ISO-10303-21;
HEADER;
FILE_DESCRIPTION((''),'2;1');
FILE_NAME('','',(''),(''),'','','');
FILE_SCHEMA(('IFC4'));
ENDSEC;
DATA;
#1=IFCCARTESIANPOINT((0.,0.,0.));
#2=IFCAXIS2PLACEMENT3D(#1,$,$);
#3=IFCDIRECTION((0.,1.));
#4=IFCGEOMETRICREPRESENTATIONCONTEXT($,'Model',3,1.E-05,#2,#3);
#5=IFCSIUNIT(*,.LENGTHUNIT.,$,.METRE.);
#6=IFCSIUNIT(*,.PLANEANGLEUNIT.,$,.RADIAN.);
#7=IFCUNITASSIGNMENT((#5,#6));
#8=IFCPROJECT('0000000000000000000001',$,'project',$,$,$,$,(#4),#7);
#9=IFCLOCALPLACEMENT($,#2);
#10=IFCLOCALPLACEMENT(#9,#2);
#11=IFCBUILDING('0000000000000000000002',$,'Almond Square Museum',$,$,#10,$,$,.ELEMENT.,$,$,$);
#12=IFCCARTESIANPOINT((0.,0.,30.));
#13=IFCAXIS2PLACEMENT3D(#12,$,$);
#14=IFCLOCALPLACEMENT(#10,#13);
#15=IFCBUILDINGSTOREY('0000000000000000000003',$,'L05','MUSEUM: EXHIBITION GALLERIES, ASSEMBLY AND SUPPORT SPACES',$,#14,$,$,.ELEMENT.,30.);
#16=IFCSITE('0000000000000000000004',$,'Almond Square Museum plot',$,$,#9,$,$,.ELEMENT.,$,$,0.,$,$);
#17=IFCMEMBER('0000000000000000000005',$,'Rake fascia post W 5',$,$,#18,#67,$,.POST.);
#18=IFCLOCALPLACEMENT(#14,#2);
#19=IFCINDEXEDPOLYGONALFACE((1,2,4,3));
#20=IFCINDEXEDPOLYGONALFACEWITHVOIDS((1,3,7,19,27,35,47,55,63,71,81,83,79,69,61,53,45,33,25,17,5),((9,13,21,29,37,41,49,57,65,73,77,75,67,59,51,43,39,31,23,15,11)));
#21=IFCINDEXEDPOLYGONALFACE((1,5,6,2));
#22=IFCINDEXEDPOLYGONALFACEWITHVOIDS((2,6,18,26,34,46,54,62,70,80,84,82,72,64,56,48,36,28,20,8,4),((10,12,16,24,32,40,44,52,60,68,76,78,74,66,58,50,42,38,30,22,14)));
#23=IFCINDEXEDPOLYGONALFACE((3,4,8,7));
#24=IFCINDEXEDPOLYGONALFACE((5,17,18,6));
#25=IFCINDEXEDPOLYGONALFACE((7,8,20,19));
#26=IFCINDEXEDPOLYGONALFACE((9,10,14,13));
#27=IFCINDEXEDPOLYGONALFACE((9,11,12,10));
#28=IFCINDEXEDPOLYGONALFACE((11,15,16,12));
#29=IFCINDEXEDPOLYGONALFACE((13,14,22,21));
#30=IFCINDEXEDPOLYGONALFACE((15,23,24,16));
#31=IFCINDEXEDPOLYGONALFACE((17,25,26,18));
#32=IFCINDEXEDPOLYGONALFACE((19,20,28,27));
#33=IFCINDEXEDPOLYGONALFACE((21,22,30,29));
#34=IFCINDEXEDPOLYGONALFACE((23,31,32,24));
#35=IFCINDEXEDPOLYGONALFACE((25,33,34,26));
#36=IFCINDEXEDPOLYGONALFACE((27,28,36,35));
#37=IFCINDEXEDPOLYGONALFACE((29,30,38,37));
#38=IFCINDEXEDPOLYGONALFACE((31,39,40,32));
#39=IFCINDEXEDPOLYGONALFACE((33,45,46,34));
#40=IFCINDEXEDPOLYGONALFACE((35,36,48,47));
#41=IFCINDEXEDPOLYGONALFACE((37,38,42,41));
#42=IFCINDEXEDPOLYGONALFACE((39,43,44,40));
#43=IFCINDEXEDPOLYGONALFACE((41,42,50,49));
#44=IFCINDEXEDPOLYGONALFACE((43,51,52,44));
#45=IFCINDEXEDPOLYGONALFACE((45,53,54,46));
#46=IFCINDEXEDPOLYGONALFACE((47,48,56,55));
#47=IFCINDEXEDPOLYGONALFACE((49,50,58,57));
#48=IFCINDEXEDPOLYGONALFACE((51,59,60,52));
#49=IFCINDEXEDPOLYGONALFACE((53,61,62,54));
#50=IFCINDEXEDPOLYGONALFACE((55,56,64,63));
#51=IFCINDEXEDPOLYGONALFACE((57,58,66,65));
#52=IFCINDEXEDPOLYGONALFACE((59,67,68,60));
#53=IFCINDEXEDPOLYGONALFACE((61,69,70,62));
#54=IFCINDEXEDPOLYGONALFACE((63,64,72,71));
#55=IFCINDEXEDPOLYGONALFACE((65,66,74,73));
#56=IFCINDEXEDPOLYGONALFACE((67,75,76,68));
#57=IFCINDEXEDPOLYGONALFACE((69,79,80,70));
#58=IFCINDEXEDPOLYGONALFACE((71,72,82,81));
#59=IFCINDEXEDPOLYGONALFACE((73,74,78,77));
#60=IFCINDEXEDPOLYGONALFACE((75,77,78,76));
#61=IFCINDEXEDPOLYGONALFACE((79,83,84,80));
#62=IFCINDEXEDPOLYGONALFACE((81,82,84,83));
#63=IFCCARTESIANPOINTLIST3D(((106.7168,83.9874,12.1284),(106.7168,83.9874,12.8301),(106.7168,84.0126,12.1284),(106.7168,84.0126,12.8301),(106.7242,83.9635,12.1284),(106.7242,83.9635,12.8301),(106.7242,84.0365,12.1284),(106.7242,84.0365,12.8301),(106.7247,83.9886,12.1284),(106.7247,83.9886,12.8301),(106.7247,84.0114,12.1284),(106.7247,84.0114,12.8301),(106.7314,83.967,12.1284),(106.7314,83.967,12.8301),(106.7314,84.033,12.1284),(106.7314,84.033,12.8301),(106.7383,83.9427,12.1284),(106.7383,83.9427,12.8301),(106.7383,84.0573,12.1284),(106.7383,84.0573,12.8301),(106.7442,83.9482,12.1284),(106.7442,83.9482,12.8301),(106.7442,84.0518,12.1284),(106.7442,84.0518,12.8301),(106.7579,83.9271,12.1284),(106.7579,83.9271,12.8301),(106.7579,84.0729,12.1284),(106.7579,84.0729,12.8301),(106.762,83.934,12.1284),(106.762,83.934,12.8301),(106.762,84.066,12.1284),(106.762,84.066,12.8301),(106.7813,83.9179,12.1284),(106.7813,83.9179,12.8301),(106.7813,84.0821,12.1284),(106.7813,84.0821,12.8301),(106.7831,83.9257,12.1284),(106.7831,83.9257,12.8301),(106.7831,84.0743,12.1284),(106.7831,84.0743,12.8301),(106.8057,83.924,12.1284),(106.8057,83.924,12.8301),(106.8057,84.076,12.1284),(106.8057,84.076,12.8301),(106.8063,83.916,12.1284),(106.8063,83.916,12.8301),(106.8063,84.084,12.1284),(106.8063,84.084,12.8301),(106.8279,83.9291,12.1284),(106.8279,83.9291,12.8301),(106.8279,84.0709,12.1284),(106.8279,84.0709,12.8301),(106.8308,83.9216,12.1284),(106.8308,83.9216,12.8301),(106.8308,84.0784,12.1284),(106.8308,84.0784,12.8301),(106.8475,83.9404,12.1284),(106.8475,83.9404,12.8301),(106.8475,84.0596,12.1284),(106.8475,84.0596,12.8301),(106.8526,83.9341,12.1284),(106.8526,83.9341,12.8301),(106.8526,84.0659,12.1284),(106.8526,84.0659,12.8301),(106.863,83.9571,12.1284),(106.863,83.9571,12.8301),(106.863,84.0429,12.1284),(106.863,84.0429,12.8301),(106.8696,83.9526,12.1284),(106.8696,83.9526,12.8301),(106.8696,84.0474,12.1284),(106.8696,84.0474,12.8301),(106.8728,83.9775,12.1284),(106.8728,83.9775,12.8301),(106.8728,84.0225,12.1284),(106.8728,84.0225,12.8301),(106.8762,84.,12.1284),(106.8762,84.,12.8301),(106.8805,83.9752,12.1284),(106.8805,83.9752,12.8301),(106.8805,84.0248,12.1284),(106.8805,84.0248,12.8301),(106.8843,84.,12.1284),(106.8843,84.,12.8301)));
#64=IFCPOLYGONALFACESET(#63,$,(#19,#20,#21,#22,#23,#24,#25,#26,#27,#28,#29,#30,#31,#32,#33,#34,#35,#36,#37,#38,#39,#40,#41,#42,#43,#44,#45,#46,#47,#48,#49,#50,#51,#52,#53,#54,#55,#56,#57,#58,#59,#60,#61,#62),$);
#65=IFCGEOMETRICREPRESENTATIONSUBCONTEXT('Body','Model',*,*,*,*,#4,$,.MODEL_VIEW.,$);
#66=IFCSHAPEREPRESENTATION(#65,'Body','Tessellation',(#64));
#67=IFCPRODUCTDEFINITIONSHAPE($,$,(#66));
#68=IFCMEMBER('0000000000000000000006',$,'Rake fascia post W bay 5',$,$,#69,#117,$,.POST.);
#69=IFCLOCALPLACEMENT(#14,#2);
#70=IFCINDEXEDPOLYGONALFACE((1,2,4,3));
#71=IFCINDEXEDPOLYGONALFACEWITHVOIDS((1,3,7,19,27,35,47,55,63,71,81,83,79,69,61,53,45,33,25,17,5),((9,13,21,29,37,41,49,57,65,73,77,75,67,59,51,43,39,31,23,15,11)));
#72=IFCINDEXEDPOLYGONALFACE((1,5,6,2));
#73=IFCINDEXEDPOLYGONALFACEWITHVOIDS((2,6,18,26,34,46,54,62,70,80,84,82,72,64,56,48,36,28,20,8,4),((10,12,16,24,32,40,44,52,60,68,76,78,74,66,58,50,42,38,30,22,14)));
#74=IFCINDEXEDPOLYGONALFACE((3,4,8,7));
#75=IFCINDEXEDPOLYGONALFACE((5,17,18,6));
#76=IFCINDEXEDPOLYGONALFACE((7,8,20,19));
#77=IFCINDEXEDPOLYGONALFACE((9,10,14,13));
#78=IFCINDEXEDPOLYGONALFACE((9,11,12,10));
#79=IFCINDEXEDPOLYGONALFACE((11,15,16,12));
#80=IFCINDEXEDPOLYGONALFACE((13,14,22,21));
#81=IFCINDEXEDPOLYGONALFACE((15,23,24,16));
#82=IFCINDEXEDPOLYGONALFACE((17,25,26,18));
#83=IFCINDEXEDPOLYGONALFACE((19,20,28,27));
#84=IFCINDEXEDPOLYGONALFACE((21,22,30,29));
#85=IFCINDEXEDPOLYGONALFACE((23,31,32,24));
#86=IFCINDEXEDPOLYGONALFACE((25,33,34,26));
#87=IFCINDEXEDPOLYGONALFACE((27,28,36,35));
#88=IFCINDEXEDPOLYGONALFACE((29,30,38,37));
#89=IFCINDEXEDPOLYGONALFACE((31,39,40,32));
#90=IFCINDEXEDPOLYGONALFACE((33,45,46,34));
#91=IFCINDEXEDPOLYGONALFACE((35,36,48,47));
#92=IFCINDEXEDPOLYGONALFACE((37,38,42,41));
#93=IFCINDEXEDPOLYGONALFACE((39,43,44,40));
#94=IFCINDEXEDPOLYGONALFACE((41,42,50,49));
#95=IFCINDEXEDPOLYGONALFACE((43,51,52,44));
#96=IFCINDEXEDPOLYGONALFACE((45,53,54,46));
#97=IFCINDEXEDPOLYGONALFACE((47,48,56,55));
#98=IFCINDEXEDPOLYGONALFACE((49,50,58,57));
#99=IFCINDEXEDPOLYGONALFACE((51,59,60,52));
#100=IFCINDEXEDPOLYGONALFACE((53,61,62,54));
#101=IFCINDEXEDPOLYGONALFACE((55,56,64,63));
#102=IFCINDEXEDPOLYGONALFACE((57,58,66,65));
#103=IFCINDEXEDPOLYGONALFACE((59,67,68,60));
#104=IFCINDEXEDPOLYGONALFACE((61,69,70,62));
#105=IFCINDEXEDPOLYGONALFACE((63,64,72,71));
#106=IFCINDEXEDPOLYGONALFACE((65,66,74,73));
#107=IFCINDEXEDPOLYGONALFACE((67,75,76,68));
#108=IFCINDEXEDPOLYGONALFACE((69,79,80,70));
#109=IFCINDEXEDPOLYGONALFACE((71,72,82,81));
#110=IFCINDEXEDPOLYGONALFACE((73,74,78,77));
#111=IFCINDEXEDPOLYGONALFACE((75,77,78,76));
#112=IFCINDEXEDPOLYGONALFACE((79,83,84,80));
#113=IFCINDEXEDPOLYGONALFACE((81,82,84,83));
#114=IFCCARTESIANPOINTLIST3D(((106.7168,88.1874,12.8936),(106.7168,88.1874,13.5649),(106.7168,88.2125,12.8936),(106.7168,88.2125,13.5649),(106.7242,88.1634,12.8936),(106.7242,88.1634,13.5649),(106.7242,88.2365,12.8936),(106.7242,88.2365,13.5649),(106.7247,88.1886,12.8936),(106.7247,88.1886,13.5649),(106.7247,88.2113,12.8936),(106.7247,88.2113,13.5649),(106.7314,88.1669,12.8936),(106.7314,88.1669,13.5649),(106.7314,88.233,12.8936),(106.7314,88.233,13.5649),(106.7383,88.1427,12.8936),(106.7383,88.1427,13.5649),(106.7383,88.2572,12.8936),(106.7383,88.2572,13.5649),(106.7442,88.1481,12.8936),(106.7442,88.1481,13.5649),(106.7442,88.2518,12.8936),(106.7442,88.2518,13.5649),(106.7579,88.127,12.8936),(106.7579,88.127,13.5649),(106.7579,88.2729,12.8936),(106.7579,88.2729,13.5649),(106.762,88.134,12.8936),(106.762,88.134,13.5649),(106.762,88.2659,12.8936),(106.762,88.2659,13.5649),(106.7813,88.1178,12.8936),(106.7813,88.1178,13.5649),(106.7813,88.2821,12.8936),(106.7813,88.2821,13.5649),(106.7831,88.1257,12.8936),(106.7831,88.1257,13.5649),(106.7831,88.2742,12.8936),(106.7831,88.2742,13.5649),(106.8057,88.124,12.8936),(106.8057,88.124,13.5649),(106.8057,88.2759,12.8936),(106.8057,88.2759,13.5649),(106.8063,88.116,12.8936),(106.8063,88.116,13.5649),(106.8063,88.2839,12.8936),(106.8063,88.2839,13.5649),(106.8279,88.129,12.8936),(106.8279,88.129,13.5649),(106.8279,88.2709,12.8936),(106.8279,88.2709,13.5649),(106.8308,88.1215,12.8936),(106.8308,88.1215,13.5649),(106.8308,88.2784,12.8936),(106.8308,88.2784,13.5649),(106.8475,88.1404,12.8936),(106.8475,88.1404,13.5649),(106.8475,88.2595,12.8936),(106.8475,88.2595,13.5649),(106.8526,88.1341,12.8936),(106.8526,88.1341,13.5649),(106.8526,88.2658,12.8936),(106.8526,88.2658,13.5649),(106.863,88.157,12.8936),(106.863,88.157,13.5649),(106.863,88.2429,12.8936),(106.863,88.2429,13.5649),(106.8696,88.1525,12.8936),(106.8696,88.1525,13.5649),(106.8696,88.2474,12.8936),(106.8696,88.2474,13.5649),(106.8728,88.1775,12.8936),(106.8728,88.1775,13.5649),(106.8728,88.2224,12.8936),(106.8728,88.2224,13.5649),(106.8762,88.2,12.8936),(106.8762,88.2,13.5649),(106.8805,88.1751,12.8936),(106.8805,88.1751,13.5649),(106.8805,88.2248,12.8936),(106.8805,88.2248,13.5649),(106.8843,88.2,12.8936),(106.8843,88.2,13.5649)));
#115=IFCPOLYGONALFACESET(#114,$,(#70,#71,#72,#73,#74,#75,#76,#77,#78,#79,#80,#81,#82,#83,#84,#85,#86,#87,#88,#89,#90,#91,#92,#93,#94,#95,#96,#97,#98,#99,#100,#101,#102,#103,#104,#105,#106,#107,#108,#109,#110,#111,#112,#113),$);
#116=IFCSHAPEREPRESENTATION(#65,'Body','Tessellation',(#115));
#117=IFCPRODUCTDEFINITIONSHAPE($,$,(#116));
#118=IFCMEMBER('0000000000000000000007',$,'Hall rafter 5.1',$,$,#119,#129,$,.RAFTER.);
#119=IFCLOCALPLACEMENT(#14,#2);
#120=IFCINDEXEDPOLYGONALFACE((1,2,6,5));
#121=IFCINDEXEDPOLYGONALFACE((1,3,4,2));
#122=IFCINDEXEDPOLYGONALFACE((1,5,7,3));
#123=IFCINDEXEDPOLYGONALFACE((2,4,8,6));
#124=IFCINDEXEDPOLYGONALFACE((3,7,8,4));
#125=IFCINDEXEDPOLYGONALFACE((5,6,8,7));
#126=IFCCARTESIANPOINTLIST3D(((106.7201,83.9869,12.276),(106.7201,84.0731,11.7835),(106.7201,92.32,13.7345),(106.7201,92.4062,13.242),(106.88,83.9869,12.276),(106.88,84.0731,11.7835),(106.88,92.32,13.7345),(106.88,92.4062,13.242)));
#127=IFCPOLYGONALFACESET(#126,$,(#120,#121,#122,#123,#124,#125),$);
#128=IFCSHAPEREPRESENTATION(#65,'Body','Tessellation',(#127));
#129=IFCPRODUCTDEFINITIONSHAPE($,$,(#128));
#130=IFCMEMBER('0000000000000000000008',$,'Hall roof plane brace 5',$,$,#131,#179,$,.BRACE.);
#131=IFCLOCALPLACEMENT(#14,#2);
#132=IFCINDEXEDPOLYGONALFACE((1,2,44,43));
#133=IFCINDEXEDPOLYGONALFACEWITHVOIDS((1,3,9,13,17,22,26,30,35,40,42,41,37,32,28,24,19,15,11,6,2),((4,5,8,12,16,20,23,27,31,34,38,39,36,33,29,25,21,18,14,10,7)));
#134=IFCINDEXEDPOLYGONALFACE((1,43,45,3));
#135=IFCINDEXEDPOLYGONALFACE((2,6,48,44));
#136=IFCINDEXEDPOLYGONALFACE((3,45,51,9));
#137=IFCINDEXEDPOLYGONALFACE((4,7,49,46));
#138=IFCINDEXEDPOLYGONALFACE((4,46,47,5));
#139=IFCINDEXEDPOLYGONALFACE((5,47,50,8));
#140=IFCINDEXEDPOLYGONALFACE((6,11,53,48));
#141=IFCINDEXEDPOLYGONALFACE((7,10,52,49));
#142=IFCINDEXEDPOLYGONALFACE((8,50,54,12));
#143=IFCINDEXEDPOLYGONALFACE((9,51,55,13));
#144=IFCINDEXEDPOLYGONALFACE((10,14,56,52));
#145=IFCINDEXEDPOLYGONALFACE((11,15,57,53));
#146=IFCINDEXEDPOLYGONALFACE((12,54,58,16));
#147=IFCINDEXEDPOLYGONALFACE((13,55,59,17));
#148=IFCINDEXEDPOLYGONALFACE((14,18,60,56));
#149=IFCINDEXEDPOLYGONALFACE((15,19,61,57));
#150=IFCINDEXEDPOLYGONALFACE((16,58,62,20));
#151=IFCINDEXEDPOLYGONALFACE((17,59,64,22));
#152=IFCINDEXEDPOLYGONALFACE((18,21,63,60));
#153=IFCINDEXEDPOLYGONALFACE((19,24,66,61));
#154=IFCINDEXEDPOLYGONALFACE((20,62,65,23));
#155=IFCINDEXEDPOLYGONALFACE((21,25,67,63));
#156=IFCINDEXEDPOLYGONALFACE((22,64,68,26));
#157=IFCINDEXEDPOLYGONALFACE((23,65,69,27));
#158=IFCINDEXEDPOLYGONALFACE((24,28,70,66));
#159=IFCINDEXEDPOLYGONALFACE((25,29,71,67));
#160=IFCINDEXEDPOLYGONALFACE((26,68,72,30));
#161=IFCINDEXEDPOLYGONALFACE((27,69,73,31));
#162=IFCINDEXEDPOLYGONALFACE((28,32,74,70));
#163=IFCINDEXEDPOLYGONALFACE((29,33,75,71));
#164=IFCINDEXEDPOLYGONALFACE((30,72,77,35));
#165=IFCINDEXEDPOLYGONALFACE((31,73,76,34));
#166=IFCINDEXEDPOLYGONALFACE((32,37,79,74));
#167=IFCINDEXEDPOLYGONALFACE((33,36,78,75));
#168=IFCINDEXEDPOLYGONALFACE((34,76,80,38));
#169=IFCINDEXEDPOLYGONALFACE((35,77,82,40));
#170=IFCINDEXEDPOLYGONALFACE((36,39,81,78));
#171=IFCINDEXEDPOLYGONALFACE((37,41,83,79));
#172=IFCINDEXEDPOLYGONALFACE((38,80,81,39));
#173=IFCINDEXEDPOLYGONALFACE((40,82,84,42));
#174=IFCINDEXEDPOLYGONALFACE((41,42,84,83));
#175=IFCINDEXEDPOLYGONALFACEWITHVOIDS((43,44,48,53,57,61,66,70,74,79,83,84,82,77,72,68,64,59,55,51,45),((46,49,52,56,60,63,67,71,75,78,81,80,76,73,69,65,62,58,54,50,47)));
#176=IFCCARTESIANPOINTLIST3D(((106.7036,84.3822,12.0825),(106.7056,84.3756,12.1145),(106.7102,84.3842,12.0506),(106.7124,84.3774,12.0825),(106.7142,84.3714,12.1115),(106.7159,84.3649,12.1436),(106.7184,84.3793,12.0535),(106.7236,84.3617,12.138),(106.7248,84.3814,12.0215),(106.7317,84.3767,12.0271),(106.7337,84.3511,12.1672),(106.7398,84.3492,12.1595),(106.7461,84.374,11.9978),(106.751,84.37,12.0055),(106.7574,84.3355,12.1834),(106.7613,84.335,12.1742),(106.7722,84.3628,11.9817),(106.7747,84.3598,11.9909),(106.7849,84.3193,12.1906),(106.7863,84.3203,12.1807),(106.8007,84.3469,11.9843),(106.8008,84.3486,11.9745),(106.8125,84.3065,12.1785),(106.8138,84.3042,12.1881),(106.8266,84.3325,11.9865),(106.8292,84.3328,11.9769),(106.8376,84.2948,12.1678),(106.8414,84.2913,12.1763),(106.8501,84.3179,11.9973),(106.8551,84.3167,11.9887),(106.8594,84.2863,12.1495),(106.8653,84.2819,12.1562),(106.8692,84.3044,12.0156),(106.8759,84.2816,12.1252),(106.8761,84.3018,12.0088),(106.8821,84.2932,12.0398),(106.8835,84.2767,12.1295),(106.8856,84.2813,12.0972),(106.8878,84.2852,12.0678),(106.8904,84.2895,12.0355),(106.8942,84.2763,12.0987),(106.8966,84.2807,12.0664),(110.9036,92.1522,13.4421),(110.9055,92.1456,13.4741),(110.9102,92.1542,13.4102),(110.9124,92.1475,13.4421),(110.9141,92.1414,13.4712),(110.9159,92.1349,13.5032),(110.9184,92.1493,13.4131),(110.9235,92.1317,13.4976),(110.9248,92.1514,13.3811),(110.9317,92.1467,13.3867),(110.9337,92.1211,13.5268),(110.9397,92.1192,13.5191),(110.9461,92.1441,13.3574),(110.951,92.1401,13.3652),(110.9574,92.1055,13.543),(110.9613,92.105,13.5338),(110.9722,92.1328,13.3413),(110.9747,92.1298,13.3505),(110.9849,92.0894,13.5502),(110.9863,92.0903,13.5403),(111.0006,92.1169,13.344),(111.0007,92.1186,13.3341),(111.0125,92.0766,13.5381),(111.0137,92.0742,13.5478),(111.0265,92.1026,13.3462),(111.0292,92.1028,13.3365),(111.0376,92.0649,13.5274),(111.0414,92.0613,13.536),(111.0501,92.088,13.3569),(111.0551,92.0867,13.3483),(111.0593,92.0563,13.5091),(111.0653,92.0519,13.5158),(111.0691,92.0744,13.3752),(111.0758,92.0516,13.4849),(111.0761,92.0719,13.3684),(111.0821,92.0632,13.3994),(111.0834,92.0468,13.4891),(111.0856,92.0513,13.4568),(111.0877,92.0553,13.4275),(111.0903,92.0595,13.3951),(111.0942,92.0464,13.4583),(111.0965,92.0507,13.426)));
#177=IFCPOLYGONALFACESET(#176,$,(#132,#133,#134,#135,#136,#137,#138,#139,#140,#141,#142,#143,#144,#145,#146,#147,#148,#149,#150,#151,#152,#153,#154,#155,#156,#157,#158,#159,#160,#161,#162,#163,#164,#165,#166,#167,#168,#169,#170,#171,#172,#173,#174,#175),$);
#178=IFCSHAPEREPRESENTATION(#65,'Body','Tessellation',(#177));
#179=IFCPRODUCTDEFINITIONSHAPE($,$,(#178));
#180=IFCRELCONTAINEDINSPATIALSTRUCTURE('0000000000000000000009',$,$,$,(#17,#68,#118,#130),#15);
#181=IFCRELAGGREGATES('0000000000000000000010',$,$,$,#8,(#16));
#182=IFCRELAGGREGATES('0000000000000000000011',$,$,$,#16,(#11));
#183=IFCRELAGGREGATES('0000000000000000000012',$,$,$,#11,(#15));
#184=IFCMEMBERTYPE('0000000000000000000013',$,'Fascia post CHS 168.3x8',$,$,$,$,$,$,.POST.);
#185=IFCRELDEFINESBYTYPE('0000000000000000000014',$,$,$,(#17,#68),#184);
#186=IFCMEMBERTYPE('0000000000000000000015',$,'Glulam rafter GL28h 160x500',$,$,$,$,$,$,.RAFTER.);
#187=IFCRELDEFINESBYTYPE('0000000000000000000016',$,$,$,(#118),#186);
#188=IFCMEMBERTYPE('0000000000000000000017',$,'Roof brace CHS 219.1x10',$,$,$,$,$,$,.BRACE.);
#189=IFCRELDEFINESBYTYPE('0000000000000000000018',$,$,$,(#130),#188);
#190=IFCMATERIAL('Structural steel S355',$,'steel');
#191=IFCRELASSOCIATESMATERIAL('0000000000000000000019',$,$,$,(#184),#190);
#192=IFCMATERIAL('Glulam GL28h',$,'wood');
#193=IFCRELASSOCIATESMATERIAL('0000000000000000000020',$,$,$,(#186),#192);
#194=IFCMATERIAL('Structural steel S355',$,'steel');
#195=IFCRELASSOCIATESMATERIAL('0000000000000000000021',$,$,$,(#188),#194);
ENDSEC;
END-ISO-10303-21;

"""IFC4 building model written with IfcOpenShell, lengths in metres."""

from ifc_helpers import new_model, si_unit, direction, frame, origin, origin_2d, place, context, subcontext, project, spatial, rectangle, hollow_circle, extrude, material, material_profile, profile_set, type_object, element, save


model = new_model("IFC4")

# Units and contexts
model_context = context("Model", 3, precision=1e-05, world=origin(), true_north=direction((0.0, 1.0)))
body_context = subcontext(model_context, "Body", "Model", "MODEL_VIEW")
ifc_project = project(units=[si_unit("LENGTHUNIT", "METRE"), si_unit("PLANEANGLEUNIT", "RADIAN")], contexts=[model_context])

# Site, building, storey
site_placement = place(None, origin())
site = spatial("IfcSite", under=ifc_project, at=site_placement, Name="Almond Square Museum plot", CompositionType="ELEMENT", RefElevation=0.0)
building_placement = place(site_placement, origin())
building = spatial("IfcBuilding", under=site, at=building_placement, Name="Almond Square Museum", CompositionType="ELEMENT")
storey_placement = place(building_placement, frame((0.0, 0.0, 30.0)))
storey = spatial("IfcBuildingStorey", under=building, at=storey_placement, Name="L05", Description="MUSEUM: EXHIBITION GALLERIES, ASSEMBLY AND SUPPORT SPACES", CompositionType="ELEMENT", Elevation=30.0)

# Members
ifc_material_1 = material(Name="Structural steel S355", Category="steel")
ifc_material_profile_1 = material_profile(ifc_material_1, hollow_circle(Radius=0.0842, WallThickness=0.0081, at=origin_2d()))
ifc_profile_set_1 = profile_set([ifc_material_profile_1], Name="Structural steel S355")
member_type_1 = type_object("IfcMemberType", Name="Fascia post CHS 168.3x8", PredefinedType="POST", material=ifc_profile_set_1)
member_1_placement = place(storey_placement, frame((106.8, 84.0, 12.1284), z_axis=(0.0, 0.0, 1.0), x_axis=(1.0, 0.0, 0.0)))
element("IfcMember", 1, at=member_1_placement, inside=storey, type_object=member_type_1, Name="Rake fascia post W 5", PredefinedType="POST", context=body_context, shape_type="SweptSolid", body=[
    extrude(hollow_circle(Radius=0.0842, WallThickness=0.0081, at=origin_2d()), origin(), (0.0, 0.0, 1.0), 0.7017),
])
member_2_placement = place(storey_placement, frame((106.8, 88.2, 12.8936), z_axis=(0.0, 0.0, 1.0), x_axis=(1.0, 0.0, 0.0)))
element("IfcMember", 2, at=member_2_placement, inside=storey, type_object=member_type_1, Name="Rake fascia post W bay 5", PredefinedType="POST", context=body_context, shape_type="SweptSolid", body=[
    extrude(hollow_circle(Radius=0.0842, WallThickness=0.0081, at=origin_2d()), origin(), (0.0, 0.0, 1.0), 0.6714),
])
ifc_material_2 = material(Name="Glulam GL28h", Category="wood")
ifc_material_profile_2 = material_profile(ifc_material_2, rectangle(XDim=0.1599, YDim=0.5, at=origin_2d()))
ifc_profile_set_2 = profile_set([ifc_material_profile_2], Name="Glulam GL28h")
member_type_2 = type_object("IfcMemberType", Name="Glulam rafter GL28h 160x500", PredefinedType="RAFTER", material=ifc_profile_set_2)
member_3_placement = place(storey_placement, frame((106.8, 84.03, 12.0298), z_axis=(0.0, 0.985026, 0.172406), x_axis=(-1.0, 0.0, 0.0)))
element("IfcMember", 3, at=member_3_placement, inside=storey, type_object=member_type_2, Name="Hall rafter 5.1", PredefinedType="RAFTER", context=body_context, shape_type="SweptSolid", body=[
    extrude(rectangle(XDim=0.1599, YDim=0.5, at=origin_2d()), origin(), (0.0, 0.0, 1.0), 8.4597),
])
ifc_material_3 = material(Name="Structural steel S355", Category="steel")
ifc_material_profile_3 = material_profile(ifc_material_3, hollow_circle(Radius=0.1096, WallThickness=0.01, at=origin_2d()))
ifc_profile_set_3 = profile_set([ifc_material_profile_3], Name="Structural steel S355")
member_type_3 = type_object("IfcMemberType", Name="Roof brace CHS 219.1x10", PredefinedType="BRACE", material=ifc_profile_set_3)
member_4_placement = place(storey_placement, frame((106.8, 84.3301, 12.0825), z_axis=(0.469976, 0.869468, 0.152142), x_axis=(-0.879709, 0.475512, 0.0)))
element("IfcMember", 4, at=member_4_placement, inside=storey, type_object=member_type_3, Name="Hall roof plane brace 5", PredefinedType="BRACE", context=body_context, shape_type="SweptSolid", body=[
    extrude(hollow_circle(Radius=0.1096, WallThickness=0.01, at=origin_2d()), origin(), (0.0, 0.0, 1.0), 8.9365),
])

save(model, "model.ifc")
